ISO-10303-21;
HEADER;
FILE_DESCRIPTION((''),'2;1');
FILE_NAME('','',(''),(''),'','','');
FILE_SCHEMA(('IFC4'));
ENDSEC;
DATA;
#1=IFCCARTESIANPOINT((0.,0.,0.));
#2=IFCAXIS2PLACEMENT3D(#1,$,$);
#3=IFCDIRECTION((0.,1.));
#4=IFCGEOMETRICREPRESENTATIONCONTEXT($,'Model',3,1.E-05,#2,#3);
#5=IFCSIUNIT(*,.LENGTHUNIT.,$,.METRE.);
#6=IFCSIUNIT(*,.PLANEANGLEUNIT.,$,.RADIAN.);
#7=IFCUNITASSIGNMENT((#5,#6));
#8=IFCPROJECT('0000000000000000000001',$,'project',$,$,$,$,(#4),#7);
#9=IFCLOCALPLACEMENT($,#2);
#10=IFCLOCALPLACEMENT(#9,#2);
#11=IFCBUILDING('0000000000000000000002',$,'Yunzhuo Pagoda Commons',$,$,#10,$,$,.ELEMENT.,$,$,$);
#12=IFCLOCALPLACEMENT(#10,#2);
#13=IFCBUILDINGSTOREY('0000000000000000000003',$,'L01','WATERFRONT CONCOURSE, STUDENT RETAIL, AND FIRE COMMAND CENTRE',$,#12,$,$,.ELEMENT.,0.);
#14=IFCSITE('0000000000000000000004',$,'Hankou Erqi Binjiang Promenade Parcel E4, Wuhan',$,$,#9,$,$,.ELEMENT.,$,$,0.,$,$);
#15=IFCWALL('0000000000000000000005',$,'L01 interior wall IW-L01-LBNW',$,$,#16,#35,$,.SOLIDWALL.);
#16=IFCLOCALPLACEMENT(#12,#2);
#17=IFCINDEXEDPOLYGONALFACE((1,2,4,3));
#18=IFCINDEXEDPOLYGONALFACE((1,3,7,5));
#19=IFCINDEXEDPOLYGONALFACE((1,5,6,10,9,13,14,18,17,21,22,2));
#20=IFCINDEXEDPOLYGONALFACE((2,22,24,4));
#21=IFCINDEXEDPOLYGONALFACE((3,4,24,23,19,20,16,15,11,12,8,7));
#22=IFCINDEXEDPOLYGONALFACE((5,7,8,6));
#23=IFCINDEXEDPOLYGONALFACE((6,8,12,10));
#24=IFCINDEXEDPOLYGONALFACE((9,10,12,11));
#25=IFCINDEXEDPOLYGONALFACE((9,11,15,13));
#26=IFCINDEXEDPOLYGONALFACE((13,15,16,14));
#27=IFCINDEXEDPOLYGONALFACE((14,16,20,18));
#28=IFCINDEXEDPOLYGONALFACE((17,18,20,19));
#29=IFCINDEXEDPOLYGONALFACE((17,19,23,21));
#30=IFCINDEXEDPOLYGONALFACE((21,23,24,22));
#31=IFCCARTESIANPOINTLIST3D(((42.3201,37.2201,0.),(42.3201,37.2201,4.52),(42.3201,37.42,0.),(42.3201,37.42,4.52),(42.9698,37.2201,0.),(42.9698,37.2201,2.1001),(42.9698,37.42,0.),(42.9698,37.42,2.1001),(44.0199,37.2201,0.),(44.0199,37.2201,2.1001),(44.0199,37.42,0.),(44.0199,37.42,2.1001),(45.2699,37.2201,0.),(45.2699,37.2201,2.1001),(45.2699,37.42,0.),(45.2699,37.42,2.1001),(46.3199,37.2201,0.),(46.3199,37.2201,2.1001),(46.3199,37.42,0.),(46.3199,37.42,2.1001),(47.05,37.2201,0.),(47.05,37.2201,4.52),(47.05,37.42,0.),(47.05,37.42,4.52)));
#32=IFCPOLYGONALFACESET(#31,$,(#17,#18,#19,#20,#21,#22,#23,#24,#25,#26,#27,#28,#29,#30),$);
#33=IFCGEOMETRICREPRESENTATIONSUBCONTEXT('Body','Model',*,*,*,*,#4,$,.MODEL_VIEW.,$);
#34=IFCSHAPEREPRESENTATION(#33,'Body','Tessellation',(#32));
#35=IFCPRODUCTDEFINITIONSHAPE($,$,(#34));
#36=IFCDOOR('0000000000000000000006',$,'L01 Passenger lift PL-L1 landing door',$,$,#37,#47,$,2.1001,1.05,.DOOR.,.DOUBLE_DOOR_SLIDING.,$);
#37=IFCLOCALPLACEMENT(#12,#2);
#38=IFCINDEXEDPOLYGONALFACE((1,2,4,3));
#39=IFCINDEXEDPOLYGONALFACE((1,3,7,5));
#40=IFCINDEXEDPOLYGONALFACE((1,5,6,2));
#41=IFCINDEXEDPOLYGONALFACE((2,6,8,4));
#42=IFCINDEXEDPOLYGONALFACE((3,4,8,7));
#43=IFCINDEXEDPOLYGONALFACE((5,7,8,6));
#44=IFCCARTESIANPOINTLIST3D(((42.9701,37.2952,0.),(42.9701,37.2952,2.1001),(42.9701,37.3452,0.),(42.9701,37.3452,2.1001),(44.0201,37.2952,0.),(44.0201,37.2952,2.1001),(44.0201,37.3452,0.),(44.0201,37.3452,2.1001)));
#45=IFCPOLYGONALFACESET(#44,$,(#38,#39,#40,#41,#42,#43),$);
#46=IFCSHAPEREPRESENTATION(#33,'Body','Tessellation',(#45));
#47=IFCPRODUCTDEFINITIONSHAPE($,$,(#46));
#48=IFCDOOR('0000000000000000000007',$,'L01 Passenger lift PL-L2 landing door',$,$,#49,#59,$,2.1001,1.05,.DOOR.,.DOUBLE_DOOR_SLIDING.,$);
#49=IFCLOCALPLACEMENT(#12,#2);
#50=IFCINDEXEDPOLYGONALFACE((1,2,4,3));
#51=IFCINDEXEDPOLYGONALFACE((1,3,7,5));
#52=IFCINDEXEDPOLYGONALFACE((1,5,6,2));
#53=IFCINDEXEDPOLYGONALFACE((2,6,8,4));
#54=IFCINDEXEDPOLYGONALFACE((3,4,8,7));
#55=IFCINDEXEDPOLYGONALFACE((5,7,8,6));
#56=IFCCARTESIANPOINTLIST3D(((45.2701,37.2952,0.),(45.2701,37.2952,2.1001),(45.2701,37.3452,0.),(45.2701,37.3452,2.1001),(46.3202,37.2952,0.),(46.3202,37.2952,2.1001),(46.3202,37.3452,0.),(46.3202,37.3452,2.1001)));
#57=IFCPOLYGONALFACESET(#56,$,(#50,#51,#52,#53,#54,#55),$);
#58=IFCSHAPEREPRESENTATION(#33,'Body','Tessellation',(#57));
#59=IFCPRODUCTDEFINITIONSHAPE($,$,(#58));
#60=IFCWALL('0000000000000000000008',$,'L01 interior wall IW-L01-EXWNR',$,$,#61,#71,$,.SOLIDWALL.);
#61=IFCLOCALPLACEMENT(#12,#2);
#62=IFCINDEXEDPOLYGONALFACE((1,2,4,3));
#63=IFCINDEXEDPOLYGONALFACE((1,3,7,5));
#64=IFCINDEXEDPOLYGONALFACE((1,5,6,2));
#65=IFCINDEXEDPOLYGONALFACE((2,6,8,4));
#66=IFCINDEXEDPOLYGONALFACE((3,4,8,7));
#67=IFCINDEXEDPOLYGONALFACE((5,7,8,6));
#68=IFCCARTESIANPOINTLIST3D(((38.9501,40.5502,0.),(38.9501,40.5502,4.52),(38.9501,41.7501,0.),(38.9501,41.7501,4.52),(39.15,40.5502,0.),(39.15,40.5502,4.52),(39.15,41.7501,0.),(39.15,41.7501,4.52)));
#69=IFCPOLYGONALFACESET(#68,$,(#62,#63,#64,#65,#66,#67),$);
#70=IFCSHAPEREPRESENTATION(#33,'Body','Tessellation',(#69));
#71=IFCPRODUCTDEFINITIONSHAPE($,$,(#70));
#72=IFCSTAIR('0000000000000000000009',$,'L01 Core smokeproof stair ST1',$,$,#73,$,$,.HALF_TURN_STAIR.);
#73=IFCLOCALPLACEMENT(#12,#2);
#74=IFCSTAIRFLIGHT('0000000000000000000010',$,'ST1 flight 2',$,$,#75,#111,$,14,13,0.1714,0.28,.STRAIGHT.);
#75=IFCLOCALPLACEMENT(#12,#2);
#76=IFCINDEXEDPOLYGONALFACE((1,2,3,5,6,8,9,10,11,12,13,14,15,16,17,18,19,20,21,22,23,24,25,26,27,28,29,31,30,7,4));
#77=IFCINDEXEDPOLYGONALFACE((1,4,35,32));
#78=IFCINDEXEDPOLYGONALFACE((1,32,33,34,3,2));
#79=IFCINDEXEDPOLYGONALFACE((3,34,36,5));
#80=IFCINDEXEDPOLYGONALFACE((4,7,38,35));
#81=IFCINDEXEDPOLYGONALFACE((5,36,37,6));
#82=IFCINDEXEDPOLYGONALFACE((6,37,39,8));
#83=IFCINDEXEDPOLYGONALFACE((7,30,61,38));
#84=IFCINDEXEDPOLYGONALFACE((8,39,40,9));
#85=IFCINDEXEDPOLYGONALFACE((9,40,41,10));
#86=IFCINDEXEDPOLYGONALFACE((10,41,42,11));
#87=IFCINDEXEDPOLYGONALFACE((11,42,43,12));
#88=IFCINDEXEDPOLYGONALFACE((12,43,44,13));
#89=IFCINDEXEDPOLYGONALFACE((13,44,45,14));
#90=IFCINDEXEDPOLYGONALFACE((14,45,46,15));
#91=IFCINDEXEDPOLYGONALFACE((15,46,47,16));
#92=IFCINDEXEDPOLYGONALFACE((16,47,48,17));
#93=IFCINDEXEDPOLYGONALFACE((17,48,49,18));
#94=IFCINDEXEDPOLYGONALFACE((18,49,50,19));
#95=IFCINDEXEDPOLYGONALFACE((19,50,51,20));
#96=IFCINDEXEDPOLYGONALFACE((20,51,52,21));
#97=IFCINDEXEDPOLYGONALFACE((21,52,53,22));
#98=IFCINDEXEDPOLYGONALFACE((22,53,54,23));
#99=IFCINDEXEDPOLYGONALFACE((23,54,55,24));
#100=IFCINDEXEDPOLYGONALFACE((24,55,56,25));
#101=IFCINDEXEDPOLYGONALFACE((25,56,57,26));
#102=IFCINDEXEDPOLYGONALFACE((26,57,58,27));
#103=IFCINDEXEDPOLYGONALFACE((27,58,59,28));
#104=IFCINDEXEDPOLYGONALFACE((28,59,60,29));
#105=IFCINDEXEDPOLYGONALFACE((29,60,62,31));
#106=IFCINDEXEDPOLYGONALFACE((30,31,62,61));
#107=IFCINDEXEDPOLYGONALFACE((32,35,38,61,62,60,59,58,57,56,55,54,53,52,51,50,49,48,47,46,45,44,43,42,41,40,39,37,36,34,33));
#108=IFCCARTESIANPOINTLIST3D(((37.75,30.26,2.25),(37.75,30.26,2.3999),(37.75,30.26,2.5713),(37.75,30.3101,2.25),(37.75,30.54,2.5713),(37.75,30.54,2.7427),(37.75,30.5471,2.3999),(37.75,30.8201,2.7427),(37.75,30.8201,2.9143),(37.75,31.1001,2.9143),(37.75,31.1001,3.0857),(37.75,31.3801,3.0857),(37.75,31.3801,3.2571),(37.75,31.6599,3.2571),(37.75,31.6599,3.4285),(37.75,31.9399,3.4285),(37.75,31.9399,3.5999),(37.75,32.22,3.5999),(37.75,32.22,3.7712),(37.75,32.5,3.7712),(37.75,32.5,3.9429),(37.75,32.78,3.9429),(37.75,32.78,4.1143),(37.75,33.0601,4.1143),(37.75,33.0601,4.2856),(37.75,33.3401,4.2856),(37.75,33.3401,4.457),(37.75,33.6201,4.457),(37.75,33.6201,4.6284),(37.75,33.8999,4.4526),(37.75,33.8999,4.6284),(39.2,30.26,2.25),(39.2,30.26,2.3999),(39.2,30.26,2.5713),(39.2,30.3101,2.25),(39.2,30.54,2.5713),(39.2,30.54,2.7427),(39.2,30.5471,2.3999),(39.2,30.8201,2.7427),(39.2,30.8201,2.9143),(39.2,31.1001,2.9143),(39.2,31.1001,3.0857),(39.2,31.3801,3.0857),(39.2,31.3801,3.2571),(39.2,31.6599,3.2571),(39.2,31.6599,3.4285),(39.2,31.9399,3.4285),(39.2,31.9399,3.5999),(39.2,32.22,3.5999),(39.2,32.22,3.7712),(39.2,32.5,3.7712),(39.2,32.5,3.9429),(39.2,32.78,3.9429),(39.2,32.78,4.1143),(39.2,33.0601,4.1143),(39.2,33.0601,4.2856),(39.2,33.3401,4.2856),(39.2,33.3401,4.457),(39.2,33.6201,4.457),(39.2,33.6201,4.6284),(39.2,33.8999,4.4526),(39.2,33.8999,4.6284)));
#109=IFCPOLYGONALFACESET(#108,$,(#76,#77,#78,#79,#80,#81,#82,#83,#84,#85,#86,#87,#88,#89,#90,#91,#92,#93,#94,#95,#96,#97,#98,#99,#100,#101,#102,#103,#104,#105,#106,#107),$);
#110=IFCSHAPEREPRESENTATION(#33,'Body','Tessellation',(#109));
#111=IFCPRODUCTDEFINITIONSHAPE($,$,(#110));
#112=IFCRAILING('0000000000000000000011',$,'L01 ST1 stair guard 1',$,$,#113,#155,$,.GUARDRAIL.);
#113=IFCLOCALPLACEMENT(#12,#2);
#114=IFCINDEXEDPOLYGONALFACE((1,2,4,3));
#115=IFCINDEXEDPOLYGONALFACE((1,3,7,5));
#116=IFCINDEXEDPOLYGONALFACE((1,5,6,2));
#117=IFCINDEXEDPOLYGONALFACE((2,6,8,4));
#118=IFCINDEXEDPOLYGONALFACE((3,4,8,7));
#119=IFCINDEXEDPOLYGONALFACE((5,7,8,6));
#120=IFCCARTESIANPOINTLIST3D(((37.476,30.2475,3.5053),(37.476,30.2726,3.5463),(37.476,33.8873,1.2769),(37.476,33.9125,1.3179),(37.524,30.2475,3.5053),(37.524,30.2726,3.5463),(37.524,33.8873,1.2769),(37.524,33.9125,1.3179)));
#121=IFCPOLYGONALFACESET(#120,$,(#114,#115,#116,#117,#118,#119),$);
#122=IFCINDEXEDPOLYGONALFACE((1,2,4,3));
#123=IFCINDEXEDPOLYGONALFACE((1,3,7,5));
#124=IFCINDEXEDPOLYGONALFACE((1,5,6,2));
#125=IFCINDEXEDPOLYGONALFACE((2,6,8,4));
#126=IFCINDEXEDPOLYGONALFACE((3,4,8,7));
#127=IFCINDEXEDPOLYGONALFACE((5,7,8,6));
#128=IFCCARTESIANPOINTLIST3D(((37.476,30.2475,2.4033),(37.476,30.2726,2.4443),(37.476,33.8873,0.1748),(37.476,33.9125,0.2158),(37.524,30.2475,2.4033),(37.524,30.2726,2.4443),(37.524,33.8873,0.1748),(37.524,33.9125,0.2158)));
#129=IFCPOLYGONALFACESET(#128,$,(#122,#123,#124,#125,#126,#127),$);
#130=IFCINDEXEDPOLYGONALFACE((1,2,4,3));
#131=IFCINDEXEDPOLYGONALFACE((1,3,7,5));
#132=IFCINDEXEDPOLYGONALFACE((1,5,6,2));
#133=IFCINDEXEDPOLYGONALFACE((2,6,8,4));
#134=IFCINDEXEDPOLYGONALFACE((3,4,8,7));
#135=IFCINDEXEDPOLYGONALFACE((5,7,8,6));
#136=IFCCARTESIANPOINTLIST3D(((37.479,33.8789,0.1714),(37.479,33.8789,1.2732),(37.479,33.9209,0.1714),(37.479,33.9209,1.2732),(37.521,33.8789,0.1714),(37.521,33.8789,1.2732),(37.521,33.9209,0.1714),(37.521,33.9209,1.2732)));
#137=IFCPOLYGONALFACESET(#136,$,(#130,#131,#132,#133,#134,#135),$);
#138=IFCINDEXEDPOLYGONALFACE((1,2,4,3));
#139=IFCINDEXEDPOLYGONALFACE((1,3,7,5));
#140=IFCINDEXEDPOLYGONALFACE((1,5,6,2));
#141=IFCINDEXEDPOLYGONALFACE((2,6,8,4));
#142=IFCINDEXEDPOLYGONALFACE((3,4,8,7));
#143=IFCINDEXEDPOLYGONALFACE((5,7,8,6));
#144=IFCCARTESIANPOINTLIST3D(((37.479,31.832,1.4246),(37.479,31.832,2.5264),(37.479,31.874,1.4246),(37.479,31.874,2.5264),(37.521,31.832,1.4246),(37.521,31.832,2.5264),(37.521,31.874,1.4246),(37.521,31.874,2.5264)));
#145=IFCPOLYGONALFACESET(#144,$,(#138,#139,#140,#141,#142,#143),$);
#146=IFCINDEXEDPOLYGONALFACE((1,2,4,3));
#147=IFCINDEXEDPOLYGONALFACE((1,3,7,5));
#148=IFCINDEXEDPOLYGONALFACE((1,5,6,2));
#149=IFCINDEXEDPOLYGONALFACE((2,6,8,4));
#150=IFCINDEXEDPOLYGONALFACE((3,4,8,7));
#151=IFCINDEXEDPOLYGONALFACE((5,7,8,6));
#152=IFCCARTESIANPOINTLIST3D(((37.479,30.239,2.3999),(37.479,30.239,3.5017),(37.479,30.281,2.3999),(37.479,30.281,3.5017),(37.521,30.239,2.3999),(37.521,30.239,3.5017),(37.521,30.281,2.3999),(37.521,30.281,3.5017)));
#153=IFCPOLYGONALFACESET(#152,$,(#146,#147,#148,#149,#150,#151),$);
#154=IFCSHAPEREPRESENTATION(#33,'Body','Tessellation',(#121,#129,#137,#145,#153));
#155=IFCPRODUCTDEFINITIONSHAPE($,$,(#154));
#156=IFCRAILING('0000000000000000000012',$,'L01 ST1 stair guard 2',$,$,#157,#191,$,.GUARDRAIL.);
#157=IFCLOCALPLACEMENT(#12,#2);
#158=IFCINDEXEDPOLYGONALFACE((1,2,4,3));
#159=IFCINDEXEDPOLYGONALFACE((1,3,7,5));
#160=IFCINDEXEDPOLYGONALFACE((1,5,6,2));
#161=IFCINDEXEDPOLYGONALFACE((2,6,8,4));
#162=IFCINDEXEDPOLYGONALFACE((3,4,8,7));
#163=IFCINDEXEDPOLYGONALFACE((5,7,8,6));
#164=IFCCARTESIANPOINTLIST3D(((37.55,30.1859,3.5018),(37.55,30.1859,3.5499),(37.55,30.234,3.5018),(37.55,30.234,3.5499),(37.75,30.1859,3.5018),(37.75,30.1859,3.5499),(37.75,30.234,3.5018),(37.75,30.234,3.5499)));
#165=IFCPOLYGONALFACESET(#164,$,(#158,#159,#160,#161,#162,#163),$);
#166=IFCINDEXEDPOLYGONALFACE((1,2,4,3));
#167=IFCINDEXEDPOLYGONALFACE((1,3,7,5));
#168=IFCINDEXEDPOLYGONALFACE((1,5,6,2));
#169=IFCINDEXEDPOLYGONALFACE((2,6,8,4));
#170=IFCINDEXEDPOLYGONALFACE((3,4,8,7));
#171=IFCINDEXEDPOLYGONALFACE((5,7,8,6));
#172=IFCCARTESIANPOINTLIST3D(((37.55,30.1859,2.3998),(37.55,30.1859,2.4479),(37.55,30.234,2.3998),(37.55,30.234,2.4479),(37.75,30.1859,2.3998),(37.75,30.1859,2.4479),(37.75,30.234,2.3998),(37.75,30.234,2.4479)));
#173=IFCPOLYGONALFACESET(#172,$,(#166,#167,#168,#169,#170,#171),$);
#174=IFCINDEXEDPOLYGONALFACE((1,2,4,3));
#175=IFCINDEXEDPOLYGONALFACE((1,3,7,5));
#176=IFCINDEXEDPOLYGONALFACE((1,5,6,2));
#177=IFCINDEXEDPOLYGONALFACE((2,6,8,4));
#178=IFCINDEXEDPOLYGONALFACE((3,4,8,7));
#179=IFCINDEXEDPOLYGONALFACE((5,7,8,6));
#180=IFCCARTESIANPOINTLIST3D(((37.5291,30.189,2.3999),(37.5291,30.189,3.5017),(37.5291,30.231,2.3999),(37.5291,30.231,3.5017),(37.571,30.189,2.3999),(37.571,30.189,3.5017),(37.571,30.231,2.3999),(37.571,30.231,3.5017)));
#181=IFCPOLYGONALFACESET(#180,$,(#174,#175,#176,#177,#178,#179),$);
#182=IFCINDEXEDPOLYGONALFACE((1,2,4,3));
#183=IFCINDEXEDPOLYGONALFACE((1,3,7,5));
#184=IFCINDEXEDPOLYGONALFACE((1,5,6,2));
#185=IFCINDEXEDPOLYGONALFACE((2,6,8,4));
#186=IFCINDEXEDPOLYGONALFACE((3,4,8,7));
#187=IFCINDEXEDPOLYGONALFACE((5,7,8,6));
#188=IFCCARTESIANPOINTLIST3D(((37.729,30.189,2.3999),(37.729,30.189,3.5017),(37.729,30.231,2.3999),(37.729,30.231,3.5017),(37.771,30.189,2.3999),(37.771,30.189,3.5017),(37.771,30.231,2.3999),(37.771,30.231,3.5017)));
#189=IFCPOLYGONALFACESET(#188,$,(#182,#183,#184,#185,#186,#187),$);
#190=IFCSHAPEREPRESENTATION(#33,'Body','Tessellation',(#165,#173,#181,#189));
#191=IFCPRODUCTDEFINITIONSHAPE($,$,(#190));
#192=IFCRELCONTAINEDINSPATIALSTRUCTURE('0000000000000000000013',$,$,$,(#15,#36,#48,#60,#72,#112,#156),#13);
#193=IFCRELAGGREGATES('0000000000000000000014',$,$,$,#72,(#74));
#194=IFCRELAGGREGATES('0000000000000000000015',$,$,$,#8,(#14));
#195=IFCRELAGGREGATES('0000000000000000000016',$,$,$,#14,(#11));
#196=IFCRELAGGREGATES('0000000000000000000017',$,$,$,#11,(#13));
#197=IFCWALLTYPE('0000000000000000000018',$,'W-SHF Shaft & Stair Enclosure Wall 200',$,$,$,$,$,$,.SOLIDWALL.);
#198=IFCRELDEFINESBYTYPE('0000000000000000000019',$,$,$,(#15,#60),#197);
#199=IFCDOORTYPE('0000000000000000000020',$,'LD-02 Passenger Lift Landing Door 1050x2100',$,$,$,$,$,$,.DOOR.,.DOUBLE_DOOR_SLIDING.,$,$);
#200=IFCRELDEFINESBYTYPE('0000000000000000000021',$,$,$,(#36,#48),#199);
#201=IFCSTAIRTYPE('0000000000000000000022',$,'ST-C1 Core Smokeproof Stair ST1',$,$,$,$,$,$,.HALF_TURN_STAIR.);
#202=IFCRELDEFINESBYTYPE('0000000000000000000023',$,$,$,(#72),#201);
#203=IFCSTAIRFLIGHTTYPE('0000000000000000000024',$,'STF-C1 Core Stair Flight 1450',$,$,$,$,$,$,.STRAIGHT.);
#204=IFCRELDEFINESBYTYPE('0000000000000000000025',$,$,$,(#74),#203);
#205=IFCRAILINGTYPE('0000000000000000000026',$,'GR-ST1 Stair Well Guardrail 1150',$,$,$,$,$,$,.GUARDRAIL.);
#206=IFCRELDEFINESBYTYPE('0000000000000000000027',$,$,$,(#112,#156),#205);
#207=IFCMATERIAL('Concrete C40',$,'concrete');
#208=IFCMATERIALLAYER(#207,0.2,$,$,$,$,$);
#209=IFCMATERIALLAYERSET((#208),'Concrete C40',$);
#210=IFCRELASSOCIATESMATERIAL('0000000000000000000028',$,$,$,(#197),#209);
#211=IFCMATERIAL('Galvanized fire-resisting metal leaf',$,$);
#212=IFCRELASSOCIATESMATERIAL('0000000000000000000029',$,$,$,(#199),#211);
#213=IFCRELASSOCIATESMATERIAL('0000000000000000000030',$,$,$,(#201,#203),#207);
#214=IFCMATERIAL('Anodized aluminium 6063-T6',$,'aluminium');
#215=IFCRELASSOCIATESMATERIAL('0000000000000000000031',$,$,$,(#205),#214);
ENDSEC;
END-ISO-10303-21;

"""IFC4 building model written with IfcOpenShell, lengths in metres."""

from ifc_helpers import new_model, si_unit, direction, frame, frame_2d, origin, origin_2d, place, context, subcontext, project, spatial, polyline, rectangle, outline, extrude, source, transform, mapped, material, layer, layer_set, type_object, element, fill, aggregate, save


model = new_model("IFC4")

# Units and contexts
model_context = context("Model", 3, precision=1e-05, world=origin(), true_north=direction((0.0, 1.0)))
body_context = subcontext(model_context, "Body", "Model", "MODEL_VIEW")
ifc_project = project(units=[si_unit("LENGTHUNIT", "METRE"), si_unit("PLANEANGLEUNIT", "RADIAN")], contexts=[model_context])

# Site, building, storey
site_placement = place(None, origin())
site = spatial("IfcSite", under=ifc_project, at=site_placement, Name="Hankou Erqi Binjiang Promenade Parcel E4, Wuhan", CompositionType="ELEMENT", RefElevation=0.0)
building_placement = place(site_placement, origin())
building = spatial("IfcBuilding", under=site, at=building_placement, Name="Yunzhuo Pagoda Commons", CompositionType="ELEMENT")
storey_placement = place(building_placement, origin())
storey = spatial("IfcBuildingStorey", under=building, at=storey_placement, Name="L01", Description="WATERFRONT CONCOURSE, STUDENT RETAIL, AND FIRE COMMAND CENTRE", CompositionType="ELEMENT", Elevation=0.0)

# Shared definitions
ifc_material_1 = material(Name="Galvanized fire-resisting metal leaf")
ifc_material_2 = material(Name="Concrete C40", Category="concrete")
ifc_layer_1 = layer(ifc_material_2, 0.2)
ifc_layer_set_1 = layer_set([ifc_layer_1], Name="Concrete C40")
wall_type_1 = type_object("IfcWallType", Name="W-SHF Shaft & Stair Enclosure Wall 200", PredefinedType="SOLIDWALL", material=ifc_layer_set_1)
door_type_1 = type_object("IfcDoorType", Name="LD-02 Passenger Lift Landing Door 1050x2100", OperationType="DOUBLE_DOOR_SLIDING", PredefinedType="DOOR", material=ifc_material_1)
shared_shape_1 = source(origin(), body_context, "Body", "SweptSolid", [
    extrude(rectangle(XDim=1.05, YDim=2.1001, at=frame_2d((0.5249, 1.05))), frame((0.0, 0.0249, 0.0), z_axis=(0.0, -1.0, 0.0), x_axis=(1.0, 0.0, 0.0)), (0.0, 0.0, 1.0), 0.05),
])

# Wall, openings, doors
wall_1_placement = place(storey_placement, frame((42.3201, 37.3201, 0.0), z_axis=(0.0, 0.0, 1.0), x_axis=(1.0, 0.0, 0.0)))
wall_1 = element("IfcWall", 1, at=wall_1_placement, inside=storey, type_object=wall_type_1, Name="L01 interior wall IW-L01-LBNW", PredefinedType="SOLIDWALL", context=body_context, shape_type="SweptSolid", body=[
    extrude(rectangle(XDim=4.73, YDim=0.2, at=frame_2d((2.365, 0.0))), origin(), (0.0, 0.0, 1.0), 4.52),
])
opening_1_placement = place(wall_1_placement, frame((0.6499, 0.0, 0.0)))
opening_1 = element("IfcOpeningElement", 2, at=opening_1_placement, cuts=wall_1, PredefinedType="OPENING", context=body_context, shape_type="SweptSolid", body=[
    extrude(rectangle(XDim=1.05, YDim=2.1001, at=frame_2d((0.5249, 1.05))), frame((0.0, 0.1099, 0.0), z_axis=(0.0, -1.0, 0.0), x_axis=(1.0, 0.0, 0.0)), (0.0, 0.0, 1.0), 0.22),
])
opening_2_placement = place(wall_1_placement, frame((2.95, 0.0, 0.0)))
opening_2 = element("IfcOpeningElement", 3, at=opening_2_placement, cuts=wall_1, PredefinedType="OPENING", context=body_context, shape_type="SweptSolid", body=[
    extrude(rectangle(XDim=1.05, YDim=2.1001, at=frame_2d((0.5249, 1.05))), frame((0.0, 0.1099, 0.0), z_axis=(0.0, -1.0, 0.0), x_axis=(1.0, 0.0, 0.0)), (0.0, 0.0, 1.0), 0.22),
])
door_1_placement = place(opening_1_placement, frame((1.05, 0.0, 0.0), z_axis=(0.0, 0.0, 1.0), x_axis=(-1.0, 0.0, 0.0)))
door_1 = element("IfcDoor", 4, at=door_1_placement, inside=storey, type_object=door_type_1, Name="L01 Passenger lift PL-L1 landing door", OperationType="DOUBLE_DOOR_SLIDING", OverallHeight=2.1001, OverallWidth=1.05, PredefinedType="DOOR", context=body_context, shape_type="MappedRepresentation", body=[
    mapped(shared_shape_1, transform((0.0, 0.0, 0.0), scale=1.0)),
])
fill(opening_1, door_1)
door_2_placement = place(opening_2_placement, frame((1.05, 0.0, 0.0), z_axis=(0.0, 0.0, 1.0), x_axis=(-1.0, 0.0, 0.0)))
door_2 = element("IfcDoor", 5, at=door_2_placement, inside=storey, type_object=door_type_1, Name="L01 Passenger lift PL-L2 landing door", OperationType="DOUBLE_DOOR_SLIDING", OverallHeight=2.1001, OverallWidth=1.05, PredefinedType="DOOR", context=body_context, shape_type="MappedRepresentation", body=[
    mapped(shared_shape_1, transform((0.0, 0.0, 0.0), scale=1.0)),
])
fill(opening_2, door_2)

# Wall
wall_2_placement = place(storey_placement, frame((39.05, 40.55, 0.0), z_axis=(0.0, 0.0, 1.0), x_axis=(0.0, 1.0, 0.0)))
element("IfcWall", 6, at=wall_2_placement, inside=storey, type_object=wall_type_1, Name="L01 interior wall IW-L01-EXWNR", PredefinedType="SOLIDWALL", context=body_context, shape_type="SweptSolid", body=[
    extrude(rectangle(XDim=1.2, YDim=0.2, at=frame_2d((0.6001, 0.0))), origin(), (0.0, 0.0, 1.0), 4.52),
])

# Stair, stair flight
stair_type = type_object("IfcStairType", Name="ST-C1 Core Smokeproof Stair ST1", PredefinedType="HALF_TURN_STAIR", material=ifc_material_2)
stair_placement = place(storey_placement, origin())
stair = element("IfcStair", 7, at=stair_placement, inside=storey, type_object=stair_type, Name="L01 Core smokeproof stair ST1", PredefinedType="HALF_TURN_STAIR")
stair_flight_type = type_object("IfcStairFlightType", Name="STF-C1 Core Stair Flight 1450", PredefinedType="STRAIGHT", material=ifc_material_2)
shared_shape_2 = source(origin(), body_context, "Body", "SweptSolid", [
    extrude(outline(polyline([(0.0, -0.1499), (0.0, 0.0), (0.0, 0.1714), (0.28, 0.1714), (0.28, 0.3428), (0.5601, 0.3428), (0.5601, 0.5144), (0.8401, 0.5144), (0.8401, 0.6858), (1.1201, 0.6858), (1.1201, 0.8572), (1.3999, 0.8572), (1.3999, 1.0286), (1.6799, 1.0286), (1.6799, 1.2), (1.96, 1.2), (1.96, 1.3713), (2.24, 1.3713), (2.24, 1.543), (2.52, 1.543), (2.52, 1.7144), (2.8, 1.7144), (2.8, 1.8857), (3.0801, 1.8857), (3.0801, 2.0571), (3.3601, 2.0571), (3.3601, 2.2285), (3.6399, 2.2285), (3.6399, 2.3999), (3.6399, 2.0527), (0.2871, 0.0), (0.05, -0.1499), (0.0, -0.1499)])), frame((0.0, 0.7251, 0.0), z_axis=(0.0, -1.0, 0.0), x_axis=(1.0, 0.0, 0.0)), (0.0, 0.0, 1.0), 1.45),
])
stair_flight_placement = place(storey_placement, frame((38.4751, 30.26, 2.3999), z_axis=(0.0, 0.0, 1.0), x_axis=(0.0, 1.0, 0.0)))
stair_flight = element("IfcStairFlight", 8, at=stair_flight_placement, type_object=stair_flight_type, Name="ST1 flight 2", NumberOfRisers=14, NumberOfTreads=13, PredefinedType="STRAIGHT", RiserHeight=0.1714, TreadLength=0.28, context=body_context, shape_type="MappedRepresentation", body=[
    mapped(shared_shape_2, transform((0.0, 0.0, 0.0), scale=1.0)),
])
aggregate(stair, [stair_flight])

# Railings
ifc_material_3 = material(Name="Anodized aluminium 6063-T6", Category="aluminium")
railing_type_1 = type_object("IfcRailingType", Name="GR-ST1 Stair Well Guardrail 1150", PredefinedType="GUARDRAIL", material=ifc_material_3)
railing_1_placement = place(storey_placement, frame((37.5, 33.8999, 0.1714)))
element("IfcRailing", 9, at=railing_1_placement, inside=storey, type_object=railing_type_1, Name="L01 ST1 stair guard 1", PredefinedType="GUARDRAIL", context=body_context, shape_type="SweptSolid", body=[
    extrude(rectangle(XDim=0.0481, YDim=0.0481, at=origin_2d()), frame((0.0, 0.0, 1.126), z_axis=(0.0, -0.85285, 0.522156), x_axis=(1.0, 0.0, 0.0)), (0.0, 0.0, 1.0), 4.2678),
    extrude(rectangle(XDim=0.0481, YDim=0.0481, at=origin_2d()), frame((0.0, 0.0, 0.0239), z_axis=(0.0, -0.85285, 0.522156), x_axis=(1.0, 0.0, 0.0)), (0.0, 0.0, 1.0), 4.2678),
    extrude(rectangle(XDim=0.042, YDim=0.042, at=origin_2d()), origin(), (0.0, 0.0, 1.0), 1.1018),
    extrude(rectangle(XDim=0.042, YDim=0.042, at=origin_2d()), frame((0.0, -2.0469, 1.2532)), (0.0, 0.0, 1.0), 1.1018),
    extrude(rectangle(XDim=0.042, YDim=0.042, at=origin_2d()), frame((0.0, -3.6399, 2.2285)), (0.0, 0.0, 1.0), 1.1018),
])
railing_2_placement = place(storey_placement, frame((37.55, 30.21, 2.3999)))
element("IfcRailing", 10, at=railing_2_placement, inside=storey, type_object=railing_type_1, Name="L01 ST1 stair guard 2", PredefinedType="GUARDRAIL", context=body_context, shape_type="SweptSolid", body=[
    extrude(rectangle(XDim=0.0481, YDim=0.0481, at=origin_2d()), frame((0.0, 0.0, 1.126), z_axis=(1.0, 0.0, 0.0), x_axis=(0.0, 1.0, 0.0)), (0.0, 0.0, 1.0), 0.2),
    extrude(rectangle(XDim=0.0481, YDim=0.0481, at=origin_2d()), frame((0.0, 0.0, 0.0239), z_axis=(1.0, 0.0, 0.0), x_axis=(0.0, 1.0, 0.0)), (0.0, 0.0, 1.0), 0.2),
    extrude(rectangle(XDim=0.042, YDim=0.042, at=origin_2d()), origin(), (0.0, 0.0, 1.0), 1.1018),
    extrude(rectangle(XDim=0.042, YDim=0.042, at=origin_2d()), frame((0.2, 0.0, 0.0)), (0.0, 0.0, 1.0), 1.1018),
])

save(model, "model.ifc")
